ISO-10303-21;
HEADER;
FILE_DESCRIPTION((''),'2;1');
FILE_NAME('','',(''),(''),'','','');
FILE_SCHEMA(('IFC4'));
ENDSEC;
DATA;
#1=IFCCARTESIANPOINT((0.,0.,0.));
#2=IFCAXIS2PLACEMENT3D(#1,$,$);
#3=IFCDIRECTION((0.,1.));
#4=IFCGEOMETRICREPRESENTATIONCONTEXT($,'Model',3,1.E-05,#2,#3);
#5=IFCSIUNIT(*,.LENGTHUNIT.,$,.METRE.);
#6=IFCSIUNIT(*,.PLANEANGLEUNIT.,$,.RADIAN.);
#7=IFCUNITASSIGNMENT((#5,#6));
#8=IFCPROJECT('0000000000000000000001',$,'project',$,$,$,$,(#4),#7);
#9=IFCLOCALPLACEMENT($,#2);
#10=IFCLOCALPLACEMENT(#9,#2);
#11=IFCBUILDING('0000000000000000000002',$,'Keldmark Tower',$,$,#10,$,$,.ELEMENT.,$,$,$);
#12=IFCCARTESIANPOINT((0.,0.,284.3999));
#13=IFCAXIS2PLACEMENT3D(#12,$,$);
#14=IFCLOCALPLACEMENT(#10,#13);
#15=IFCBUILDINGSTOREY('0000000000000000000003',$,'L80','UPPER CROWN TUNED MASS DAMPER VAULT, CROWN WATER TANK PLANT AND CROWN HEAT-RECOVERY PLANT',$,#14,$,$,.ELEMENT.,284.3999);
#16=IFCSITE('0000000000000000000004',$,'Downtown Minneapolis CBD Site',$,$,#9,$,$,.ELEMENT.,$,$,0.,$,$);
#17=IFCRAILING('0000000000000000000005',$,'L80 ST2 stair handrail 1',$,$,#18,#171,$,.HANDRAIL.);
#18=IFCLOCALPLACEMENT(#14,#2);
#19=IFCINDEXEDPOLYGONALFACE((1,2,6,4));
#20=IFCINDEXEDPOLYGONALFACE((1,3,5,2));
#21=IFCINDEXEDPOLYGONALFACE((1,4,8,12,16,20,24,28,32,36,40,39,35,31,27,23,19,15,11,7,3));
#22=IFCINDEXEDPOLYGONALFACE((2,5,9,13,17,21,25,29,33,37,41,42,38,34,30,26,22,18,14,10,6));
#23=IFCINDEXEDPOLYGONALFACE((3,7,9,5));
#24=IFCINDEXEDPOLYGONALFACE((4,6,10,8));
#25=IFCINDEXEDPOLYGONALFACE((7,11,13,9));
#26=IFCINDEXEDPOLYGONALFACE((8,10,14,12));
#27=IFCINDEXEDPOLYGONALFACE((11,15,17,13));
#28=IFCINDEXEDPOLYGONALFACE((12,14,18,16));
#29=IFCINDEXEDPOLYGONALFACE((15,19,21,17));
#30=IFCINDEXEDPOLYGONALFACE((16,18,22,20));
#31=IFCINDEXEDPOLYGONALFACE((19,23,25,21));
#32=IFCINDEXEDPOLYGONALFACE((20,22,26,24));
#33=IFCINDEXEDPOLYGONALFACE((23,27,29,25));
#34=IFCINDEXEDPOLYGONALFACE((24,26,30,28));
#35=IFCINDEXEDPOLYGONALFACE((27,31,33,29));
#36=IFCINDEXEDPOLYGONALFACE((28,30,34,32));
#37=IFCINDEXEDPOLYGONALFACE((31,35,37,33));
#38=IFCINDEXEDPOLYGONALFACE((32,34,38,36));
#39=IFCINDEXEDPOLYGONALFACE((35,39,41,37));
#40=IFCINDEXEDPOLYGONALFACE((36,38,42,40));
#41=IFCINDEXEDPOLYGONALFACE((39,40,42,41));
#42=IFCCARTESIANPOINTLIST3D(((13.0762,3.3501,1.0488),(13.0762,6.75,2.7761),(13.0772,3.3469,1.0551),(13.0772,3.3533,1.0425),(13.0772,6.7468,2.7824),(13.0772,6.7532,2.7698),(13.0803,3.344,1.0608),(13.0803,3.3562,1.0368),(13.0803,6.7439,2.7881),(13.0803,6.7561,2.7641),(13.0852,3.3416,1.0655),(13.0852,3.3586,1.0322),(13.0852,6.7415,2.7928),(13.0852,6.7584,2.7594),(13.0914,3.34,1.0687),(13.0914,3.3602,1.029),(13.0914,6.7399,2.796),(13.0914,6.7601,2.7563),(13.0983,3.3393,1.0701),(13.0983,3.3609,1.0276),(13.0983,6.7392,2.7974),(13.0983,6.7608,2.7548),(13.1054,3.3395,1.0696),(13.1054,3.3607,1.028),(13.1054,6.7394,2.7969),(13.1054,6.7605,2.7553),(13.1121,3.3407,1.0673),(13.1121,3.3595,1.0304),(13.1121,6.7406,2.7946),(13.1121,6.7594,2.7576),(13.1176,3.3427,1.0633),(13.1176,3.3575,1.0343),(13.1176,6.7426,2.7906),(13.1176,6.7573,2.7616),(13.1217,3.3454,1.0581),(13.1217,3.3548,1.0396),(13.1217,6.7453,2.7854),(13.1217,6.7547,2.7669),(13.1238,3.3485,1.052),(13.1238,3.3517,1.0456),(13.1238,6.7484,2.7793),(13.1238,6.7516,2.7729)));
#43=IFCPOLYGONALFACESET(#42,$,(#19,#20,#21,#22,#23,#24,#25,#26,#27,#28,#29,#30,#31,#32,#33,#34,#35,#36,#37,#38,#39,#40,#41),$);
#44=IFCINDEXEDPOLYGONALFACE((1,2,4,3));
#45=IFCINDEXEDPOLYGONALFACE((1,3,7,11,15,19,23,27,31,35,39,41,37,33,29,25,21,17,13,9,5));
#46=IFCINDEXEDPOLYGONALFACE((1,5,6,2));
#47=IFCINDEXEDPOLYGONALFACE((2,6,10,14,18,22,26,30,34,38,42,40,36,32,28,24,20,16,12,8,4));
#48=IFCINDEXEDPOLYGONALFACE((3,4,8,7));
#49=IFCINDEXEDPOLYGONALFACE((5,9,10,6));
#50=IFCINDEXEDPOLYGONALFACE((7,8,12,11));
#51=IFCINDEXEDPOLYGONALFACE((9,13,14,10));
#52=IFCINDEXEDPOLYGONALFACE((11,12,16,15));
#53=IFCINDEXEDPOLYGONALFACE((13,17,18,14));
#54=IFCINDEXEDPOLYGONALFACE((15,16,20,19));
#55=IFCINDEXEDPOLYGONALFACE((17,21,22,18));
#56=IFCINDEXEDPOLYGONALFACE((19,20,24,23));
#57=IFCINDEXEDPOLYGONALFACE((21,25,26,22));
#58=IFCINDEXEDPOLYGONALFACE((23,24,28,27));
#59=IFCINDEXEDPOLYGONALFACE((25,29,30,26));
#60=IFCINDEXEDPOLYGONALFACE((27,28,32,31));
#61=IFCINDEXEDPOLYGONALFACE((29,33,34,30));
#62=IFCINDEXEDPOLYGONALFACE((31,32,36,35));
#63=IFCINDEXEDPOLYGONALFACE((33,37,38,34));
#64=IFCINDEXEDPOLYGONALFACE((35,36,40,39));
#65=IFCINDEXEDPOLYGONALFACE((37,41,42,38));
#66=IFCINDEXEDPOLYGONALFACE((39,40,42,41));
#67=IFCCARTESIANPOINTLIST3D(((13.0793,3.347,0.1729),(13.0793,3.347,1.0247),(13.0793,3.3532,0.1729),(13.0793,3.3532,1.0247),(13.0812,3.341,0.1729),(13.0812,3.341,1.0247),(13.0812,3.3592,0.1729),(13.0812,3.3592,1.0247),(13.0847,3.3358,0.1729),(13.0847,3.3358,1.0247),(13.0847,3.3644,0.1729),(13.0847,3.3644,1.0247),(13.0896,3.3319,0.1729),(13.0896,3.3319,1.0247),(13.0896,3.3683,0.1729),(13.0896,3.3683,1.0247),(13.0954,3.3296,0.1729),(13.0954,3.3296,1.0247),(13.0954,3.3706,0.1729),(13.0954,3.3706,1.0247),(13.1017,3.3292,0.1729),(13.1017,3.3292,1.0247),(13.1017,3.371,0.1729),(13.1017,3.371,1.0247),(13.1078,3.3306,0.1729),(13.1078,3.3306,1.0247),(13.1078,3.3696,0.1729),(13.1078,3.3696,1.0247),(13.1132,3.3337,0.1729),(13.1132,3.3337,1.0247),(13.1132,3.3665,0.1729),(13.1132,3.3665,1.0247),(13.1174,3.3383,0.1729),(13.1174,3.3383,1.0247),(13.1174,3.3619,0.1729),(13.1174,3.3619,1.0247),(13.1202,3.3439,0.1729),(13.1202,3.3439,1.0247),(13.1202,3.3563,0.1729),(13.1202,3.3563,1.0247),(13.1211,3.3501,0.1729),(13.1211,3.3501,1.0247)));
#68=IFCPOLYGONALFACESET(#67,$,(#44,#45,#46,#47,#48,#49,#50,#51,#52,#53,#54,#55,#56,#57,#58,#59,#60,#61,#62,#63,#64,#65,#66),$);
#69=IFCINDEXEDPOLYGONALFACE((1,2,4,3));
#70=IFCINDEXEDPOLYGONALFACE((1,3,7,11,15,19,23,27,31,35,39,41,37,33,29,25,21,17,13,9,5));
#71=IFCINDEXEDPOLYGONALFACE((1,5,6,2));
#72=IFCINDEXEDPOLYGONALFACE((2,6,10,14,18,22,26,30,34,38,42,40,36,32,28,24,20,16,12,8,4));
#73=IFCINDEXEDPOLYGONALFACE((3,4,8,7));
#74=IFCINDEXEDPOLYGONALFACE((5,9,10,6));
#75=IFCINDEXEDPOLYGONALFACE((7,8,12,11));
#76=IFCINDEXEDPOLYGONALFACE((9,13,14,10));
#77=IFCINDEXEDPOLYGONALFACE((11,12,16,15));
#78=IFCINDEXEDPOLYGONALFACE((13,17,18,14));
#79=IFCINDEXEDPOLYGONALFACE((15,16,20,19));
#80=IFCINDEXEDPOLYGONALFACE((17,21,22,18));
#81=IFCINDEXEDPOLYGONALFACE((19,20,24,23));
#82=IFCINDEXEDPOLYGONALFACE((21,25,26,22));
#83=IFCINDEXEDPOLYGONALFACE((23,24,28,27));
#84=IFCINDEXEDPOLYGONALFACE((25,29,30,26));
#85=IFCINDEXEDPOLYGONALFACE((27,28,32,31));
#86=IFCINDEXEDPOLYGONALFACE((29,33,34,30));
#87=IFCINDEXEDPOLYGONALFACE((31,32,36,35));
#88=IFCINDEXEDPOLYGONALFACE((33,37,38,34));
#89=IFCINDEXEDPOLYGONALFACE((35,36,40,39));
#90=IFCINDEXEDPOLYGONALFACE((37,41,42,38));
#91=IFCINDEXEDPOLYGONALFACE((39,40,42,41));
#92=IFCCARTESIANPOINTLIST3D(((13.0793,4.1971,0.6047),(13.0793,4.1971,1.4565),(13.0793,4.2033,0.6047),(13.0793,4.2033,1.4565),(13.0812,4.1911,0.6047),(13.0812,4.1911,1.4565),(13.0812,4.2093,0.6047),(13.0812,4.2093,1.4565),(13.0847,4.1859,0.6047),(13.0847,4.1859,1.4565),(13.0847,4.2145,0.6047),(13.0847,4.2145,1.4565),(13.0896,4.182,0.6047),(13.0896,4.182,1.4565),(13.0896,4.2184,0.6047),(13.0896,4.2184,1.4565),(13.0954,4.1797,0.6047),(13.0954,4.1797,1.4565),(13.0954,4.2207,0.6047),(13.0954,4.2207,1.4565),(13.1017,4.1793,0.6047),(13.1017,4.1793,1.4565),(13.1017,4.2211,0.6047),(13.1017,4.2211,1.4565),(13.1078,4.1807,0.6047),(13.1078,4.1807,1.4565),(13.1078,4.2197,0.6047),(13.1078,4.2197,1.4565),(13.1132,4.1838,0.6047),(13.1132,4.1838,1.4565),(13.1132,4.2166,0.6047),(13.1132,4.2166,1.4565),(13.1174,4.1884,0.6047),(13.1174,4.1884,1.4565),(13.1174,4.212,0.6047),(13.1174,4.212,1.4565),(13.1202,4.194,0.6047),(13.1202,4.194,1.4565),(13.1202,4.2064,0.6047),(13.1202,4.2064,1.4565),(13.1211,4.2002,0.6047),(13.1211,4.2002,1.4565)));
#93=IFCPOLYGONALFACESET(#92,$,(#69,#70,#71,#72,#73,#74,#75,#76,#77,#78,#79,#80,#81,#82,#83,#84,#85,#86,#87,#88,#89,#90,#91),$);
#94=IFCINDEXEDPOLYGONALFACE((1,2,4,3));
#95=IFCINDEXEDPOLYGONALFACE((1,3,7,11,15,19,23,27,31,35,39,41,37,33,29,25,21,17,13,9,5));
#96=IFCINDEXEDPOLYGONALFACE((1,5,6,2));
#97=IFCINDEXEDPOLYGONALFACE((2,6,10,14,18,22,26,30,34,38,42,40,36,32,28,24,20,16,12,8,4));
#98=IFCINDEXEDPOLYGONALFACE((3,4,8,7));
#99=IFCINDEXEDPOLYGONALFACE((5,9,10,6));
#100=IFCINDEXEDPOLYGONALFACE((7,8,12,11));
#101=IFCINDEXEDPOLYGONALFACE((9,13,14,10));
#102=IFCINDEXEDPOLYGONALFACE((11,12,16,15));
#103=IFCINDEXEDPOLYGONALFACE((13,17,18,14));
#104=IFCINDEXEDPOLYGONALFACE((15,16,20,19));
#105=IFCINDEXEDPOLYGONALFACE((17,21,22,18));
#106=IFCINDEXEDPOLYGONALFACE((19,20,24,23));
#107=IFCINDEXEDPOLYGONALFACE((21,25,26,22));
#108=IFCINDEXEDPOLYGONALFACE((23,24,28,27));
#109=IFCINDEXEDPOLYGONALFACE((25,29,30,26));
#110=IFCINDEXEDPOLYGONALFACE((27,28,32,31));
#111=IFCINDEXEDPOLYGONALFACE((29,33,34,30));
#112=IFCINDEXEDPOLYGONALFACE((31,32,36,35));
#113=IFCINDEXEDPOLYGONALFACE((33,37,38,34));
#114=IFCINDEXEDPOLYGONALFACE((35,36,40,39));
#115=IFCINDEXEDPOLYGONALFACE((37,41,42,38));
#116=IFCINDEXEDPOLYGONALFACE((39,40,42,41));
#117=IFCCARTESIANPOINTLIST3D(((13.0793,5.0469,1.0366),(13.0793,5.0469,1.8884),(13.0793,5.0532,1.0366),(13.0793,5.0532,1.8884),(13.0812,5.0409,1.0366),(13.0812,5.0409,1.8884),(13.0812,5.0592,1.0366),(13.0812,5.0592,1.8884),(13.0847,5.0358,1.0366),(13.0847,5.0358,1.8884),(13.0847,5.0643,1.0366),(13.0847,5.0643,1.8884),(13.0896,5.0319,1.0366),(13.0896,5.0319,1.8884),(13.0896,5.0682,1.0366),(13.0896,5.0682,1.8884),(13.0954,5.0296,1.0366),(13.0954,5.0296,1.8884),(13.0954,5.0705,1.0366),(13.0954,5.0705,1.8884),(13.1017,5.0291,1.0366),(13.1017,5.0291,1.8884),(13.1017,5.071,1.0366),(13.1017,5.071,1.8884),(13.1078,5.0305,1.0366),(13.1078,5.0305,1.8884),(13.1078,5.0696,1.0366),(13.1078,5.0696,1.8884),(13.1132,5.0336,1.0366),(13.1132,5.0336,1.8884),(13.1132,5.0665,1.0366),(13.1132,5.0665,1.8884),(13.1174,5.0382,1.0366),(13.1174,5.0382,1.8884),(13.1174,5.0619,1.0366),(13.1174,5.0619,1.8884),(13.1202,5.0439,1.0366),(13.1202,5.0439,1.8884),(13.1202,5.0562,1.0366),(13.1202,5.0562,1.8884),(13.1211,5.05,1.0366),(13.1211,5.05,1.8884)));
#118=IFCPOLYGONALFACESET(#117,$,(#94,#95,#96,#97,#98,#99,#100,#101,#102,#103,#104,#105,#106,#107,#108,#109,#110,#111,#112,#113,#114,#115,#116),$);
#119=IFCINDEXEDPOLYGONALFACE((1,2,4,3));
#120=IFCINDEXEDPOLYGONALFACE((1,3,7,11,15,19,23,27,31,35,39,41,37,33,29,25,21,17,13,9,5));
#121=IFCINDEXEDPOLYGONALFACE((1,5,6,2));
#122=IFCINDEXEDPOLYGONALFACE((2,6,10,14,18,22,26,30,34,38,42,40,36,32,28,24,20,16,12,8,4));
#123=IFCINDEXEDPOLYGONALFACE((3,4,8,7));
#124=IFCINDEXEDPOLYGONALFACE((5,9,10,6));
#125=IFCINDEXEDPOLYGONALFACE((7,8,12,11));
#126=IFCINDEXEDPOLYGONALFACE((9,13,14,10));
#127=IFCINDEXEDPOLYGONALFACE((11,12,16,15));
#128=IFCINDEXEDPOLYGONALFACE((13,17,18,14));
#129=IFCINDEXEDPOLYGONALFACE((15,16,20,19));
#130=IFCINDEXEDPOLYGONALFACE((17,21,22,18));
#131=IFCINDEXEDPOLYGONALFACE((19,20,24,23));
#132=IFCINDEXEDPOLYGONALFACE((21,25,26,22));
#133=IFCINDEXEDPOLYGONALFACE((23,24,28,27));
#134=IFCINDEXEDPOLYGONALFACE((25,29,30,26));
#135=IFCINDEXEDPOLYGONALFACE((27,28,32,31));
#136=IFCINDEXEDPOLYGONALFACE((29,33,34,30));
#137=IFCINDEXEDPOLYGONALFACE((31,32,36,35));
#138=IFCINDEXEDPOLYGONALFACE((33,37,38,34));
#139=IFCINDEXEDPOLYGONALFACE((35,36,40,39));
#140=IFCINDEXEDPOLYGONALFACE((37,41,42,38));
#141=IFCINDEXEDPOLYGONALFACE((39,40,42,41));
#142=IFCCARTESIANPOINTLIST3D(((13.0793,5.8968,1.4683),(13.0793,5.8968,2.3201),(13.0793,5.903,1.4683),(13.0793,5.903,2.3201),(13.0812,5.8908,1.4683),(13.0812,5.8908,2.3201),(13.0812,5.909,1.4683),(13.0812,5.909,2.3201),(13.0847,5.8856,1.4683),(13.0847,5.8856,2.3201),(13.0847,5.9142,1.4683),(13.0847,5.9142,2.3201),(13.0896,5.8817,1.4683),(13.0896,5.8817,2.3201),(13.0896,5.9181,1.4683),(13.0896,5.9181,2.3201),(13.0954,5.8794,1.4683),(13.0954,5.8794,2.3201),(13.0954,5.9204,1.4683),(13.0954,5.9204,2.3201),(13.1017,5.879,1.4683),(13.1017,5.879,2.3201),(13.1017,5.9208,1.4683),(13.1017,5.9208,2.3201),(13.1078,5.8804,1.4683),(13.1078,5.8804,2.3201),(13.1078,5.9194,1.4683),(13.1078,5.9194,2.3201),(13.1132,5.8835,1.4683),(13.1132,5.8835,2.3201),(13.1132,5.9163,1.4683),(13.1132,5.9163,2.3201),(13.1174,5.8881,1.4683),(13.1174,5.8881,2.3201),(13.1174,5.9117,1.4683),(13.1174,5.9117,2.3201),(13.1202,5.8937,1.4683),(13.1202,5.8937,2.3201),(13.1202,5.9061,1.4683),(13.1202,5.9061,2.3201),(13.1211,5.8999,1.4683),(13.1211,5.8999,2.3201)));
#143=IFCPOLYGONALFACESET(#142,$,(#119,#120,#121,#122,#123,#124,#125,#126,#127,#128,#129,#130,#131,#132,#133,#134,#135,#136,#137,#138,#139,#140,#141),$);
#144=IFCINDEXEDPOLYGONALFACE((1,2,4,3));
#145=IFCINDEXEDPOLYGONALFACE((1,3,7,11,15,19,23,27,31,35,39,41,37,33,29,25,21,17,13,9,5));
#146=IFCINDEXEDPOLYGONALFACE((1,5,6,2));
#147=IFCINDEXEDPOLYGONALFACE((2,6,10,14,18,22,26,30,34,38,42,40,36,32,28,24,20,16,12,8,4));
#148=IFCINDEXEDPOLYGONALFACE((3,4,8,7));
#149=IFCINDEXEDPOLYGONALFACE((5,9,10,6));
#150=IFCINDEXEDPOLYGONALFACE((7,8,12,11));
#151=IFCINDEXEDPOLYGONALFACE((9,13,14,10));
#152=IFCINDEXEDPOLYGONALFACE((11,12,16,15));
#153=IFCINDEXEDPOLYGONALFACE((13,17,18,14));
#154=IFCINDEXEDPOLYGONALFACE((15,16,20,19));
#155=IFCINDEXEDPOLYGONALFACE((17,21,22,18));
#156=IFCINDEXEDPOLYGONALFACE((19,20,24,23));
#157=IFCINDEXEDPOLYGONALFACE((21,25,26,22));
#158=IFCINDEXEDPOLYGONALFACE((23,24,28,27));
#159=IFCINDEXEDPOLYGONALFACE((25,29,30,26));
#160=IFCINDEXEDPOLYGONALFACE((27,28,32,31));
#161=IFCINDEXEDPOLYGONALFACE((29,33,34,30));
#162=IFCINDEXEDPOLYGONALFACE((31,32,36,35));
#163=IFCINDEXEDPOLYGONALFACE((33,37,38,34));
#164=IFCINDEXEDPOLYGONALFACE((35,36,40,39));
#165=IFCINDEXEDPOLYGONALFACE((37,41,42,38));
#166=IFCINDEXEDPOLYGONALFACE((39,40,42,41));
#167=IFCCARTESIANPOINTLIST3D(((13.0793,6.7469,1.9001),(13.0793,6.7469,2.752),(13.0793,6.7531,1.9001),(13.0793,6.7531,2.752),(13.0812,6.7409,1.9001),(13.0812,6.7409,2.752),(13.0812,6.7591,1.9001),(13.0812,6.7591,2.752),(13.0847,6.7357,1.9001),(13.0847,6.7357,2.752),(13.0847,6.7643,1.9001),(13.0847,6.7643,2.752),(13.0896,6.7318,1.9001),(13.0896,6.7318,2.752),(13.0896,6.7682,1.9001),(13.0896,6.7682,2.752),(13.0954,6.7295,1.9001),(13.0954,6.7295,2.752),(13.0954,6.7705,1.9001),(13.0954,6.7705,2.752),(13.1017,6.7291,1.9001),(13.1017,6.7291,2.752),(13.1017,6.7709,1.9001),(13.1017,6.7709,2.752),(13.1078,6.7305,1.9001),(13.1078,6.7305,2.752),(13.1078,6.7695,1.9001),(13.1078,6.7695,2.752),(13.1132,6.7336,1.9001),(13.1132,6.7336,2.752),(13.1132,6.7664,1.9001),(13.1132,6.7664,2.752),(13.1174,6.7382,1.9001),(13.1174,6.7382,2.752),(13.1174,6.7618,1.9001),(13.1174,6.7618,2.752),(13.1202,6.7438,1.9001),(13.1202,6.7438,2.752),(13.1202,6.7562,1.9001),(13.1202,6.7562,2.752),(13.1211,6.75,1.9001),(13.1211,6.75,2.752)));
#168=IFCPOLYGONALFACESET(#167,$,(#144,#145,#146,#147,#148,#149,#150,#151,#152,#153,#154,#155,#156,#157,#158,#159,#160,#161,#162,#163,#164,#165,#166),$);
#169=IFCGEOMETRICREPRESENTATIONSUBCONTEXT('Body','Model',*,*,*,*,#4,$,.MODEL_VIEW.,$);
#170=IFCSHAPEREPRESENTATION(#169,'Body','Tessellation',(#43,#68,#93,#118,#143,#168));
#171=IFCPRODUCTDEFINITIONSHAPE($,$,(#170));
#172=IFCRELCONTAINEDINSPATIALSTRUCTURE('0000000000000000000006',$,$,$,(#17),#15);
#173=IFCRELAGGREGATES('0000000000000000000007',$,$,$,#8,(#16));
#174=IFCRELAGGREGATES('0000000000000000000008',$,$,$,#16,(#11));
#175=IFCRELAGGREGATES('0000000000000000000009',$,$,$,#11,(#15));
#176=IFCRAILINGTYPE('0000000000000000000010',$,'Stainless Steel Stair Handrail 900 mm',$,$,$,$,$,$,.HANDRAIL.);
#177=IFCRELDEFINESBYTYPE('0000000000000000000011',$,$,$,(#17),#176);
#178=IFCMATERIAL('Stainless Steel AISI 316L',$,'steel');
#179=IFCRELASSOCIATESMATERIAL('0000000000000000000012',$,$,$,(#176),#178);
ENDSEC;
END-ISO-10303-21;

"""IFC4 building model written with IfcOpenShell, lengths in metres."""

from ifc_helpers import new_model, si_unit, direction, frame, origin, origin_2d, place, context, subcontext, project, spatial, circle, extrude, material, type_object, element, save


model = new_model("IFC4")

# Units and contexts
model_context = context("Model", 3, precision=1e-05, world=origin(), true_north=direction((0.0, 1.0)))
body_context = subcontext(model_context, "Body", "Model", "MODEL_VIEW")
ifc_project = project(units=[si_unit("LENGTHUNIT", "METRE"), si_unit("PLANEANGLEUNIT", "RADIAN")], contexts=[model_context])

# Site, building, storey
site_placement = place(None, origin())
site = spatial("IfcSite", under=ifc_project, at=site_placement, Name="Downtown Minneapolis CBD Site", CompositionType="ELEMENT", RefElevation=0.0)
building_placement = place(site_placement, origin())
building = spatial("IfcBuilding", under=site, at=building_placement, Name="Keldmark Tower", CompositionType="ELEMENT")
storey_placement = place(building_placement, frame((0.0, 0.0, 284.3999)))
storey = spatial("IfcBuildingStorey", under=building, at=storey_placement, Name="L80", Description="UPPER CROWN TUNED MASS DAMPER VAULT, CROWN WATER TANK PLANT AND CROWN HEAT-RECOVERY PLANT", CompositionType="ELEMENT", Elevation=284.3999)

# Railing
ifc_material_1 = material(Name="Stainless Steel AISI 316L", Category="steel")
railing_type = type_object("IfcRailingType", Name="Stainless Steel Stair Handrail 900 mm", PredefinedType="HANDRAIL", material=ifc_material_1)
railing_placement = place(storey_placement, frame((13.1001, 3.3501, 0.1729)))
element("IfcRailing", 1, at=railing_placement, inside=storey, type_object=railing_type, Name="L80 ST2 stair handrail 1", PredefinedType="HANDRAIL", context=body_context, shape_type="SweptSolid", body=[
    extrude(circle(Radius=0.0239, at=origin_2d()), frame((0.0, 0.0, 0.876), z_axis=(0.0, 0.891541, 0.452941), x_axis=(-1.0, 0.0, 0.0)), (0.0, 0.0, 1.0), 3.8135),
    extrude(circle(Radius=0.021, at=origin_2d()), origin(), (0.0, 0.0, 1.0), 0.8518),
    extrude(circle(Radius=0.021, at=origin_2d()), frame((0.0, 0.8501, 0.4319)), (0.0, 0.0, 1.0), 0.8518),
    extrude(circle(Radius=0.021, at=origin_2d()), frame((0.0, 1.7, 0.8638)), (0.0, 0.0, 1.0), 0.8518),
    extrude(circle(Radius=0.021, at=origin_2d()), frame((0.0, 2.5498, 1.2954)), (0.0, 0.0, 1.0), 0.8518),
    extrude(circle(Radius=0.021, at=origin_2d()), frame((0.0, 3.3999, 1.7273)), (0.0, 0.0, 1.0), 0.8518),
])

save(model, "model.ifc")
